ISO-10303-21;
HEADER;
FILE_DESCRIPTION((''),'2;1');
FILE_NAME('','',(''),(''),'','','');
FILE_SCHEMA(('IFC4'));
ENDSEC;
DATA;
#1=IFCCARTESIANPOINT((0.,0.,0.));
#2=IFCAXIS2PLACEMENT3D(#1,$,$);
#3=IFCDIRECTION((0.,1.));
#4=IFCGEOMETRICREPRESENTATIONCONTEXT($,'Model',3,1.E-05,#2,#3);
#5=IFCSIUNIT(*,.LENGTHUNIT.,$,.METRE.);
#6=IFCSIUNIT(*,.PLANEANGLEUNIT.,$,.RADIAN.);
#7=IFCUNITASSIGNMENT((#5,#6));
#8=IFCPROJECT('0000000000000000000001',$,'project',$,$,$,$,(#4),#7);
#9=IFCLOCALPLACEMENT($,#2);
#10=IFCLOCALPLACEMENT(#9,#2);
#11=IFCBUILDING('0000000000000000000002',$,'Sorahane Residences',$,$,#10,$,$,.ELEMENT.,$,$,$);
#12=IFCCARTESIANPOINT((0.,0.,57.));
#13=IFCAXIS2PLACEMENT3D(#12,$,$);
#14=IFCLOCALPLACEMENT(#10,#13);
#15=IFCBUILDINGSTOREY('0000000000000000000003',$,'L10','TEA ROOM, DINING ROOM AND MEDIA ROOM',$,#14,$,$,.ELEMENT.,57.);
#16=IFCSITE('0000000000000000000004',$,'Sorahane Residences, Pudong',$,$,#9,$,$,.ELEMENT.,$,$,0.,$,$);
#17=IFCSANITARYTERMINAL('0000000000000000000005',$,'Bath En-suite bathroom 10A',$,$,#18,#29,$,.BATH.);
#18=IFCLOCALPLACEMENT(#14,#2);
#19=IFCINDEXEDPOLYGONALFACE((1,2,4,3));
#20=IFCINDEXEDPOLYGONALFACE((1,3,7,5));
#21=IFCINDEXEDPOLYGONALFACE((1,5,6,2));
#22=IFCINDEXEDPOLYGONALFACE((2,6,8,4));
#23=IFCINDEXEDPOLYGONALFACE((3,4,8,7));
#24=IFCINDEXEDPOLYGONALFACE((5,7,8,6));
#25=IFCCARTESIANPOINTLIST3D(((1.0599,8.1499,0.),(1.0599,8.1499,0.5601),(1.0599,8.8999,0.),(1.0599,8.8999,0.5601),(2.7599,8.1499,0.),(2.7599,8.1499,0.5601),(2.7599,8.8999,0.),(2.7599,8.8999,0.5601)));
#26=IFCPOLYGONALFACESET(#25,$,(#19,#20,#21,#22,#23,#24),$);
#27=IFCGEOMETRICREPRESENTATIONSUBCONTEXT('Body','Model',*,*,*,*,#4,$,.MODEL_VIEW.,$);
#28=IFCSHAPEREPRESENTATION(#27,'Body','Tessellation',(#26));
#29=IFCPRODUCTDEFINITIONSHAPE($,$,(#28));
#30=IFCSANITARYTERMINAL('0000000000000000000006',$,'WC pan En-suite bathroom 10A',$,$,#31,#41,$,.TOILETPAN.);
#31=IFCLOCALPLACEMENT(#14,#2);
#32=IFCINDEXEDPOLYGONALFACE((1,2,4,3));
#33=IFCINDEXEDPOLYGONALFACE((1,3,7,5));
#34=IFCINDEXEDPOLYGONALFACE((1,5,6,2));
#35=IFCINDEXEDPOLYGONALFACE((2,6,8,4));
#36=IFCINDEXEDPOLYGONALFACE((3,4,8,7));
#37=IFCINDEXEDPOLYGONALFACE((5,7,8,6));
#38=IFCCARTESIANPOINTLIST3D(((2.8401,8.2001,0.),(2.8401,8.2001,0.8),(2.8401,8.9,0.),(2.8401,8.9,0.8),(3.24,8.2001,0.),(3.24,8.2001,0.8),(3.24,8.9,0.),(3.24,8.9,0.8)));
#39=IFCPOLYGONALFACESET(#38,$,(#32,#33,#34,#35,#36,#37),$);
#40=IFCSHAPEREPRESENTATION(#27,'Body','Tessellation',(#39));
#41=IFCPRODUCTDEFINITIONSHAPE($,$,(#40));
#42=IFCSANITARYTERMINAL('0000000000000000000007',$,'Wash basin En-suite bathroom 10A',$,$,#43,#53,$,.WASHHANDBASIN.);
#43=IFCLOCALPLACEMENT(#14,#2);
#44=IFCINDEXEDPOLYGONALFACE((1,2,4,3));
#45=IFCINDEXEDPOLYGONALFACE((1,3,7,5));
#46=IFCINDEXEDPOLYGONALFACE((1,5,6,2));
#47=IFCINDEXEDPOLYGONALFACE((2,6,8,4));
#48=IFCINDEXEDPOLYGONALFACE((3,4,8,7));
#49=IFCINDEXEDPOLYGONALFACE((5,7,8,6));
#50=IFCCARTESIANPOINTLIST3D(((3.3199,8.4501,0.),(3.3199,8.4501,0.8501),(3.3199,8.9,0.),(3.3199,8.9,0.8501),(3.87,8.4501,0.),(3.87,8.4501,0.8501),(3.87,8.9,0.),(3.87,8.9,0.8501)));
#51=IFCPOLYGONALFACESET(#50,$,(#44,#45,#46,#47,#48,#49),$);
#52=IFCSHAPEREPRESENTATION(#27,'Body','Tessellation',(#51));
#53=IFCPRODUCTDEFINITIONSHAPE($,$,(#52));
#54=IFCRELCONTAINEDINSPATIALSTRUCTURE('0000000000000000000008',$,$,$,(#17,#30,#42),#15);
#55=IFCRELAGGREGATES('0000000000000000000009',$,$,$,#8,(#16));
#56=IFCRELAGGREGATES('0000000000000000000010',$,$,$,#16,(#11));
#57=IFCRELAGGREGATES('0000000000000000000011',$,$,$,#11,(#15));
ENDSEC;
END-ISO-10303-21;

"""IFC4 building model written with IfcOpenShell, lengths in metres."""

from ifc_helpers import new_model, si_unit, direction, frame, origin, origin_2d, place, context, subcontext, project, spatial, rectangle, extrude, element, save


model = new_model("IFC4")

# Units and contexts
model_context = context("Model", 3, precision=1e-05, world=origin(), true_north=direction((0.0, 1.0)))
body_context = subcontext(model_context, "Body", "Model", "MODEL_VIEW")
ifc_project = project(units=[si_unit("LENGTHUNIT", "METRE"), si_unit("PLANEANGLEUNIT", "RADIAN")], contexts=[model_context])

# Site, building, storey
site_placement = place(None, origin())
site = spatial("IfcSite", under=ifc_project, at=site_placement, Name="Sorahane Residences, Pudong", CompositionType="ELEMENT", RefElevation=0.0)
building_placement = place(site_placement, origin())
building = spatial("IfcBuilding", under=site, at=building_placement, Name="Sorahane Residences", CompositionType="ELEMENT")
storey_placement = place(building_placement, frame((0.0, 0.0, 57.0)))
storey = spatial("IfcBuildingStorey", under=building, at=storey_placement, Name="L10", Description="TEA ROOM, DINING ROOM AND MEDIA ROOM", CompositionType="ELEMENT", Elevation=57.0)

# Sanitary terminals
sanitary_terminal_1_placement = place(storey_placement, frame((1.9099, 8.5249, 0.0), z_axis=(0.0, 0.0, 1.0), x_axis=(1.0, 0.0, 0.0)))
element("IfcSanitaryTerminal", 1, at=sanitary_terminal_1_placement, inside=storey, Name="Bath En-suite bathroom 10A", PredefinedType="BATH", context=body_context, shape_type="SweptSolid", body=[
    extrude(rectangle(XDim=1.7, YDim=0.75, at=origin_2d()), origin(), (0.0, 0.0, 1.0), 0.5601),
])
sanitary_terminal_2_placement = place(storey_placement, frame((3.04, 8.55, 0.0), z_axis=(0.0, 0.0, 1.0), x_axis=(1.0, 0.0, 0.0)))
element("IfcSanitaryTerminal", 2, at=sanitary_terminal_2_placement, inside=storey, Name="WC pan En-suite bathroom 10A", PredefinedType="TOILETPAN", context=body_context, shape_type="SweptSolid", body=[
    extrude(rectangle(XDim=0.3999, YDim=0.7, at=origin_2d()), origin(), (0.0, 0.0, 1.0), 0.8),
])
sanitary_terminal_3_placement = place(storey_placement, frame((3.595, 8.675, 0.0), z_axis=(0.0, 0.0, 1.0), x_axis=(1.0, 0.0, 0.0)))
element("IfcSanitaryTerminal", 3, at=sanitary_terminal_3_placement, inside=storey, Name="Wash basin En-suite bathroom 10A", PredefinedType="WASHHANDBASIN", context=body_context, shape_type="SweptSolid", body=[
    extrude(rectangle(XDim=0.55, YDim=0.45, at=origin_2d()), origin(), (0.0, 0.0, 1.0), 0.8501),
])

save(model, "model.ifc")
